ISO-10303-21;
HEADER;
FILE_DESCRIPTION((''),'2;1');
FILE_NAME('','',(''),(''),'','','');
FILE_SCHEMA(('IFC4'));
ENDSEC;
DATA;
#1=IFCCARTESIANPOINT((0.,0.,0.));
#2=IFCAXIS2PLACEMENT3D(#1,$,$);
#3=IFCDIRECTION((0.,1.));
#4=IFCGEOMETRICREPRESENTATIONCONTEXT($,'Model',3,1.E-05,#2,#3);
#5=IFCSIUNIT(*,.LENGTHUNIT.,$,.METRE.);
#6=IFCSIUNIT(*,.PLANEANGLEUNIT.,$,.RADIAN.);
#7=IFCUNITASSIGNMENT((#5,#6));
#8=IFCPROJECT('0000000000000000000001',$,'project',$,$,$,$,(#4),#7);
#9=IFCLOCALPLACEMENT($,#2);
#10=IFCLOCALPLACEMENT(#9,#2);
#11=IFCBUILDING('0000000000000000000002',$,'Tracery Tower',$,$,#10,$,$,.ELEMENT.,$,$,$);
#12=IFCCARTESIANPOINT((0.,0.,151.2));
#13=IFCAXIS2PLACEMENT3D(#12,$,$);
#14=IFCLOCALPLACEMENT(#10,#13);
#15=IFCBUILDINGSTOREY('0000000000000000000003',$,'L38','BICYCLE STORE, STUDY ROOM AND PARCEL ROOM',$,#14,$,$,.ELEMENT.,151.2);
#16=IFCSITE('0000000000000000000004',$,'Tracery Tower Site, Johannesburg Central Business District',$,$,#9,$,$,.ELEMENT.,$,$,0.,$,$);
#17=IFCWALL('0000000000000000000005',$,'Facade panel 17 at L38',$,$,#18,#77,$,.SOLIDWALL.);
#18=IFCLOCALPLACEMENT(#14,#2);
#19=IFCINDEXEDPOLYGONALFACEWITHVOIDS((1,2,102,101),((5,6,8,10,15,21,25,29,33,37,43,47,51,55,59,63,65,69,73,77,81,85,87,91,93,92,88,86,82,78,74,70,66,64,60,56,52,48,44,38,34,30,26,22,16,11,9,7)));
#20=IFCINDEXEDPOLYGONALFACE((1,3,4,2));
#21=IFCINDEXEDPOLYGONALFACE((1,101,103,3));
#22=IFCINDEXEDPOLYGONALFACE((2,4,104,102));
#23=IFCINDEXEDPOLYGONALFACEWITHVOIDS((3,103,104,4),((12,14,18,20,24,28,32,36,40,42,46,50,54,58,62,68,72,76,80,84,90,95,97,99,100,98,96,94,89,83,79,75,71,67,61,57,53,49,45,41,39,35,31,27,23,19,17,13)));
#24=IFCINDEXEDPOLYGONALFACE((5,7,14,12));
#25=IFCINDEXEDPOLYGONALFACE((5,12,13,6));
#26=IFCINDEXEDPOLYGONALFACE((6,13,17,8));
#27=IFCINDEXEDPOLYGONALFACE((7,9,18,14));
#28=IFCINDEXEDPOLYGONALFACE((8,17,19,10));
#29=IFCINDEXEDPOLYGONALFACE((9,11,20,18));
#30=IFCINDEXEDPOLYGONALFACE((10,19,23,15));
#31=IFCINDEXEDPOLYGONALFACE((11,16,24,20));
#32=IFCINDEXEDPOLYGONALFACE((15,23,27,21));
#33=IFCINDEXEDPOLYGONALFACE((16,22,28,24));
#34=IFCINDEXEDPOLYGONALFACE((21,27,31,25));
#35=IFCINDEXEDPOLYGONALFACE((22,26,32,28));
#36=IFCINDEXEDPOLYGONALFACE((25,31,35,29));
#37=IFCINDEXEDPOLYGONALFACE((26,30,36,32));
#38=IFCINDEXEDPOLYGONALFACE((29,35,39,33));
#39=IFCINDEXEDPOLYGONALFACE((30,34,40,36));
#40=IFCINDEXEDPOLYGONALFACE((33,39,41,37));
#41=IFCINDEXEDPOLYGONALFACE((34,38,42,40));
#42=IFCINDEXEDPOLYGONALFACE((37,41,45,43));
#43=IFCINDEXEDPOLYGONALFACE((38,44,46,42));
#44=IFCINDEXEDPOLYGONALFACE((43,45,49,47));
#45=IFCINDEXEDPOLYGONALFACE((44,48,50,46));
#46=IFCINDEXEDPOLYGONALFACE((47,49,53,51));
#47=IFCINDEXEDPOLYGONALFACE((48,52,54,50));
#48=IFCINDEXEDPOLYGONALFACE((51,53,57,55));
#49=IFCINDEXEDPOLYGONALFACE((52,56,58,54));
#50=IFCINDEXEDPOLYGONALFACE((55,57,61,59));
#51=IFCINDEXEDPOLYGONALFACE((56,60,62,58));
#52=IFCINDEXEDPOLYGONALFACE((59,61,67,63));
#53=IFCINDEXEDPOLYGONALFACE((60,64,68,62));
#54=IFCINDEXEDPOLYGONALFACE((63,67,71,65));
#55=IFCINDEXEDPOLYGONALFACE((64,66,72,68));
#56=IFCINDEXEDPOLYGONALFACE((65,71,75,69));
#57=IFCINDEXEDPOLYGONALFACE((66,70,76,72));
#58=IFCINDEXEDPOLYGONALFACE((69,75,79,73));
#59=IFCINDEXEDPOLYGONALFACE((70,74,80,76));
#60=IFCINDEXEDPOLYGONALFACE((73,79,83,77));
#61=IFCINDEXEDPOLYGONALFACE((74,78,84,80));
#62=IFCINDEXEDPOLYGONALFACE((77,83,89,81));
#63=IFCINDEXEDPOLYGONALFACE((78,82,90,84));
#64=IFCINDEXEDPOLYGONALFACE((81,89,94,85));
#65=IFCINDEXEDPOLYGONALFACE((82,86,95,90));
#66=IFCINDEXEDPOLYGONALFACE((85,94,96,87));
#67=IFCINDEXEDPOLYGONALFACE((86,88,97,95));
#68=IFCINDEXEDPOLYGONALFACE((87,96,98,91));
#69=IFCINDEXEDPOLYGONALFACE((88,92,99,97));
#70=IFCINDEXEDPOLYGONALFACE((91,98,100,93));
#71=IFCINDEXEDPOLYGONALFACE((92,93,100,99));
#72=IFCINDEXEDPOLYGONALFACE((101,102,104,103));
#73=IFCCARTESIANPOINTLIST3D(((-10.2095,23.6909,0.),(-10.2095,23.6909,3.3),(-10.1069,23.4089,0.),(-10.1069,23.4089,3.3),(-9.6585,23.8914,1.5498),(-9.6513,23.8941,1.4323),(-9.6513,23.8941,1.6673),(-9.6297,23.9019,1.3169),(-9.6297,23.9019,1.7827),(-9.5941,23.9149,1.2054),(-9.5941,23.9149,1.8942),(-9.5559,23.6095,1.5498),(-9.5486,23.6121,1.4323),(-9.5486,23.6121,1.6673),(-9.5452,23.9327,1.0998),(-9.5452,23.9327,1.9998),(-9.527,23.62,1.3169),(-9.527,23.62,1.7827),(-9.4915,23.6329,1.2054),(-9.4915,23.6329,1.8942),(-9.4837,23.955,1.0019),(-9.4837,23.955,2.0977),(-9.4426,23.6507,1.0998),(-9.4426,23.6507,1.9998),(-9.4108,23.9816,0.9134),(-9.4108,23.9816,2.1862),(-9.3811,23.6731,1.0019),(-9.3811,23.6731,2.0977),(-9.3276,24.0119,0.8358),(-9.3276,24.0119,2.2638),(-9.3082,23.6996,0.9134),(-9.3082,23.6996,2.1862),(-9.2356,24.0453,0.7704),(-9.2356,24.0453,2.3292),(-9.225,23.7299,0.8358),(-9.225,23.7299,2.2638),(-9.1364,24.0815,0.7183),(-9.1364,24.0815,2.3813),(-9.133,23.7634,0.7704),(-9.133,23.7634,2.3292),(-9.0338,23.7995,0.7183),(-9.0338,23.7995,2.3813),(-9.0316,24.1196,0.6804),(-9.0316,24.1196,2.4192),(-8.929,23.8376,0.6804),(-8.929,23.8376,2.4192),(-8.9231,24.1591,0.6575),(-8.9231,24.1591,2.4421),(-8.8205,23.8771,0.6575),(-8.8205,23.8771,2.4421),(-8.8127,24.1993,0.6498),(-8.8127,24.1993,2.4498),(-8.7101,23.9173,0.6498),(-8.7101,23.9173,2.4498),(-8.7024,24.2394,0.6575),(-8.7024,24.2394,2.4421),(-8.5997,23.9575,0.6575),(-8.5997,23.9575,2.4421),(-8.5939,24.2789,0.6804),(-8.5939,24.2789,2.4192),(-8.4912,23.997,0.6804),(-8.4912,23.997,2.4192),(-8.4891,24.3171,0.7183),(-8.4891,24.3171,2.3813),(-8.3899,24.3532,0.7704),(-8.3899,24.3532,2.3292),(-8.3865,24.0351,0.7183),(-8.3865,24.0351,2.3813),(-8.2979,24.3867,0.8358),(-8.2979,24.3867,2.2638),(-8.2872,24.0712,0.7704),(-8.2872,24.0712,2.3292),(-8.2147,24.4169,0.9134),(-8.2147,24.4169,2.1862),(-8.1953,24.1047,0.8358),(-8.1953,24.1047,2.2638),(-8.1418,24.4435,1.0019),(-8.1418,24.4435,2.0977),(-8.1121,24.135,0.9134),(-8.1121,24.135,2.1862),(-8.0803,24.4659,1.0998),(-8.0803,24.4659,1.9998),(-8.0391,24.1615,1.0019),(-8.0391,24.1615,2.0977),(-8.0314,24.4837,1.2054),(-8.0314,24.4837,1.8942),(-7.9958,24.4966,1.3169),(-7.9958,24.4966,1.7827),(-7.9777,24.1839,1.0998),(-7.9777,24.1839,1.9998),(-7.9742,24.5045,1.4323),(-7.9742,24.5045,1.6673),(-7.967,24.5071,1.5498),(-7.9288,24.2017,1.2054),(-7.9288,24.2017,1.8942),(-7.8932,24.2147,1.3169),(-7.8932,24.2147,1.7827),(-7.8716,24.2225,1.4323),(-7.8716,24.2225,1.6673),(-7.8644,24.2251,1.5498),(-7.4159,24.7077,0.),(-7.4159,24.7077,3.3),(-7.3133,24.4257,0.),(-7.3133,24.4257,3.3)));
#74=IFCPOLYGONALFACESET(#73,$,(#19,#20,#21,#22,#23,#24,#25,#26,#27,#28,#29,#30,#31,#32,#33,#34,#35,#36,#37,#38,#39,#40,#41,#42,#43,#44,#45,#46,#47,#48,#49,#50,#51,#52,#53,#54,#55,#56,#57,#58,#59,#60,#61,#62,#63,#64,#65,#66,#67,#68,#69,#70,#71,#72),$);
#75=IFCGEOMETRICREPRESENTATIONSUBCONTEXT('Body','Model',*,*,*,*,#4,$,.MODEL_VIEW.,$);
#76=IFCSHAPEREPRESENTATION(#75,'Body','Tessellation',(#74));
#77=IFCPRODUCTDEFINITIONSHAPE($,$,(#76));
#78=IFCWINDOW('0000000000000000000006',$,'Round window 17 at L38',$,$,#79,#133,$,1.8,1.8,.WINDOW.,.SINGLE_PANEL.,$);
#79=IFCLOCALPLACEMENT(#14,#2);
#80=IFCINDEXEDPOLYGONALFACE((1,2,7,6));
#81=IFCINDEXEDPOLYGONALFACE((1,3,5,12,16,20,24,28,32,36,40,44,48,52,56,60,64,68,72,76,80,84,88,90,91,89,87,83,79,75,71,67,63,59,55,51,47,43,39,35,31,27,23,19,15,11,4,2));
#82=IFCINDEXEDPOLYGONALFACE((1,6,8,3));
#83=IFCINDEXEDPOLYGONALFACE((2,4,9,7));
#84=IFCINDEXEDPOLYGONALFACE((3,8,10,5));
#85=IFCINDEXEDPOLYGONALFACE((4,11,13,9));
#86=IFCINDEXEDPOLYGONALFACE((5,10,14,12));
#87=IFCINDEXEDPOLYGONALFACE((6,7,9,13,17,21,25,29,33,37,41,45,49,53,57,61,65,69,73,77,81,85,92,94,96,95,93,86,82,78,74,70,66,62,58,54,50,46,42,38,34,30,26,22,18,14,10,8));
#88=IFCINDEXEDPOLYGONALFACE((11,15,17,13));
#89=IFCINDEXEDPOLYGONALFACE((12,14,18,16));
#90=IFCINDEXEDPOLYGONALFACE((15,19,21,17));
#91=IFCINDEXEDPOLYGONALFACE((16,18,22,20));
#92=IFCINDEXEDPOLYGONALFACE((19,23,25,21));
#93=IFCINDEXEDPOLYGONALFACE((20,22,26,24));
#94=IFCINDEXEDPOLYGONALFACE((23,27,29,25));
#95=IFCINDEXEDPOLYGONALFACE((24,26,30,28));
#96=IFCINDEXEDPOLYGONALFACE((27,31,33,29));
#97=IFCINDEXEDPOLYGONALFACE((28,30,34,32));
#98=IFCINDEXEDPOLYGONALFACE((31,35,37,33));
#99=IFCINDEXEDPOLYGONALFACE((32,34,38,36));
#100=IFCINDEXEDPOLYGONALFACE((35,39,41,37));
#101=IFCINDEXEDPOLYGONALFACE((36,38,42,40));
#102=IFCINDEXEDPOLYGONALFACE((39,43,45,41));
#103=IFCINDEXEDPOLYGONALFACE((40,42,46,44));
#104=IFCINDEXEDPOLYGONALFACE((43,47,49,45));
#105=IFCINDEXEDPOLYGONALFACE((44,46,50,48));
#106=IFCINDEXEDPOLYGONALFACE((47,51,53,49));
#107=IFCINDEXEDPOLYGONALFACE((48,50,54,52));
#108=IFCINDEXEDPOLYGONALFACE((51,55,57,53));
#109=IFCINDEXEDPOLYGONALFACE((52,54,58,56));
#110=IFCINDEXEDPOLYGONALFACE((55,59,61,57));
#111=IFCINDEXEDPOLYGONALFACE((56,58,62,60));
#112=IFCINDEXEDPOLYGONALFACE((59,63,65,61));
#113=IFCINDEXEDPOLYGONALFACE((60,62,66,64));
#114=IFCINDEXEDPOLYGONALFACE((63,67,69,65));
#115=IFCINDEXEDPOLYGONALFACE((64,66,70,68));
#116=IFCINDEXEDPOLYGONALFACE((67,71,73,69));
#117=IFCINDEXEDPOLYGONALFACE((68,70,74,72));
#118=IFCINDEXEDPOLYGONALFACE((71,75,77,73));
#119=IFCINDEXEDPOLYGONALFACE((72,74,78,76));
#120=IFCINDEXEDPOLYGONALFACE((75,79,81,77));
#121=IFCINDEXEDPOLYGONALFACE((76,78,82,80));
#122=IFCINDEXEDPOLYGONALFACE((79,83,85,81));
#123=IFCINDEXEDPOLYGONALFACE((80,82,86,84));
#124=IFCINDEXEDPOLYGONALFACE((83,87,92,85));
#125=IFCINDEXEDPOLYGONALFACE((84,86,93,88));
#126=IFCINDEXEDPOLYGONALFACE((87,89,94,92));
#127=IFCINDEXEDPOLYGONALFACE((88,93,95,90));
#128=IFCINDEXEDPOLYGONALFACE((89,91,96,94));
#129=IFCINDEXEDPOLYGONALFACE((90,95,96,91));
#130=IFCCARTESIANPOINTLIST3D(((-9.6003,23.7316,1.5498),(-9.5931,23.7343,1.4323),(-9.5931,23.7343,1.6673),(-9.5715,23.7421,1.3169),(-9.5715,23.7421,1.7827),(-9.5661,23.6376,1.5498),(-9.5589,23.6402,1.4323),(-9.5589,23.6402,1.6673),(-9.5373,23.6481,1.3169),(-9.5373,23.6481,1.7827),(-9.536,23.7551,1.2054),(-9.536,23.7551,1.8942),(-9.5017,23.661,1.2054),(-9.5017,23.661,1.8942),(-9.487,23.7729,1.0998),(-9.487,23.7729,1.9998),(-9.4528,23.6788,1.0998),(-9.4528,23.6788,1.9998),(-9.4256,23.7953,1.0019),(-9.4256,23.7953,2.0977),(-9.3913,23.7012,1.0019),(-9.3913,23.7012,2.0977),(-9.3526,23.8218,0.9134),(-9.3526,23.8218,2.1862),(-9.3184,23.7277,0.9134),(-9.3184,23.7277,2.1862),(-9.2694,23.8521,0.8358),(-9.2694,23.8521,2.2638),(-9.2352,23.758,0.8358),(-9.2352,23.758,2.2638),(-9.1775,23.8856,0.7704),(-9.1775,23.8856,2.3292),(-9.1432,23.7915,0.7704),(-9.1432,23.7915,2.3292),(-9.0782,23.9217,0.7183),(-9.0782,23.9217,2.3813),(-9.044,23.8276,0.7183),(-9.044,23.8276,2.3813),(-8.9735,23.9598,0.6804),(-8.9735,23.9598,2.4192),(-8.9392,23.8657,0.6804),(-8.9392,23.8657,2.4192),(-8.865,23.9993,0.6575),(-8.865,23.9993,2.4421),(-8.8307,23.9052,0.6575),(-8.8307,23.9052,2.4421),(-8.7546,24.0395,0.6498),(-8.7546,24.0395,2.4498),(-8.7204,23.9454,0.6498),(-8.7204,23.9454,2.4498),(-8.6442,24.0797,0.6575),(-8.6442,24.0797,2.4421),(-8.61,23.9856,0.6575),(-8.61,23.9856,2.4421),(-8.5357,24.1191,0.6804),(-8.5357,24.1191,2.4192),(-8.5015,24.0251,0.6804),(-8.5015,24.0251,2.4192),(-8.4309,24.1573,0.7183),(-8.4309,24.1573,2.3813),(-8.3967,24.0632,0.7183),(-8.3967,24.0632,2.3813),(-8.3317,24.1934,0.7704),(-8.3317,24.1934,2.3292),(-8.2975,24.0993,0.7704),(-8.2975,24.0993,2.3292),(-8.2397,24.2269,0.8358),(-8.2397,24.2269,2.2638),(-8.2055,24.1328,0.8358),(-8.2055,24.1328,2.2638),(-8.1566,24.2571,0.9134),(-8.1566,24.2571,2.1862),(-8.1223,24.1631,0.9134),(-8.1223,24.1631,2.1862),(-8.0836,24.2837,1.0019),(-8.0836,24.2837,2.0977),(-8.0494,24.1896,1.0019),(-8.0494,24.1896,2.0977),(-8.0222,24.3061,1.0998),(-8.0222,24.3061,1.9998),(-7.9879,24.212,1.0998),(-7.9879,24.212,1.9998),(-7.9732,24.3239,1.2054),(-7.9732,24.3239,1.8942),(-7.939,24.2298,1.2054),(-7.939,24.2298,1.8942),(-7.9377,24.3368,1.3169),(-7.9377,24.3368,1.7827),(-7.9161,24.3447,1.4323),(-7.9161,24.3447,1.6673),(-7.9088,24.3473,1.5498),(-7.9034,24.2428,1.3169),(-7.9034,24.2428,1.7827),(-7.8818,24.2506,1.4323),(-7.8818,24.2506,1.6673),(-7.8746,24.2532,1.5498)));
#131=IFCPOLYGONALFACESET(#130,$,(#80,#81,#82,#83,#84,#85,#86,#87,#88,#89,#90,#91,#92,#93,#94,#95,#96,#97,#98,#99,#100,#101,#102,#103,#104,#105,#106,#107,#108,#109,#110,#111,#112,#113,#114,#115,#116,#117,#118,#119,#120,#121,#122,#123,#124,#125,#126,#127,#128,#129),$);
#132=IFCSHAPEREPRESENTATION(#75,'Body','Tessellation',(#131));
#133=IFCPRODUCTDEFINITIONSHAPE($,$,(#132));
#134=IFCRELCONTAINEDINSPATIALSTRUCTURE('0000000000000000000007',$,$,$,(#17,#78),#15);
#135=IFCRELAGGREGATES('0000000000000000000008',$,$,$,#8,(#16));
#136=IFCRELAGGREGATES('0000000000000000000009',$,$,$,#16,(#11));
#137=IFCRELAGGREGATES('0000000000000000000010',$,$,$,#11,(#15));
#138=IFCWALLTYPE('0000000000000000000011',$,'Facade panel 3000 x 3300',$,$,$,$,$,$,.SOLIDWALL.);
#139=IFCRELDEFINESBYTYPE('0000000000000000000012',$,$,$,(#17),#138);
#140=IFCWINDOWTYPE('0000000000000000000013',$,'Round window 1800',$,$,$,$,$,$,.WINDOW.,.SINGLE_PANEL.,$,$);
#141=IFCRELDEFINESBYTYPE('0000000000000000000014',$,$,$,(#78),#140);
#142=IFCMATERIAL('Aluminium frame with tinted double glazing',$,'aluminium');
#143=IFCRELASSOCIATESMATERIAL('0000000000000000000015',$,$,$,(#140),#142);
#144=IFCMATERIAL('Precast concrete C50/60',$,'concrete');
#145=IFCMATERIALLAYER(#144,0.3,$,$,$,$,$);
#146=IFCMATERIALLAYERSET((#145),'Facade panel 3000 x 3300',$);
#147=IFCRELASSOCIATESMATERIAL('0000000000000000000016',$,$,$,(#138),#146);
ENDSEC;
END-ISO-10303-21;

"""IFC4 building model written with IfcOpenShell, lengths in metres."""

from ifc_helpers import new_model, si_unit, direction, frame, frame_2d, origin, origin_2d, place, context, subcontext, project, spatial, rectangle, circle, extrude, material, layer, layer_set, type_object, element, fill, save


model = new_model("IFC4")

# Units and contexts
model_context = context("Model", 3, precision=1e-05, world=origin(), true_north=direction((0.0, 1.0)))
body_context = subcontext(model_context, "Body", "Model", "MODEL_VIEW")
ifc_project = project(units=[si_unit("LENGTHUNIT", "METRE"), si_unit("PLANEANGLEUNIT", "RADIAN")], contexts=[model_context])

# Site, building, storey
site_placement = place(None, origin())
site = spatial("IfcSite", under=ifc_project, at=site_placement, Name="Tracery Tower Site, Johannesburg Central Business District", CompositionType="ELEMENT", RefElevation=0.0)
building_placement = place(site_placement, origin())
building = spatial("IfcBuilding", under=site, at=building_placement, Name="Tracery Tower", CompositionType="ELEMENT")
storey_placement = place(building_placement, frame((0.0, 0.0, 151.2)))
storey = spatial("IfcBuildingStorey", under=building, at=storey_placement, Name="L38", Description="BICYCLE STORE, STUDY ROOM AND PARCEL ROOM", CompositionType="ELEMENT", Elevation=151.2)

# Wall, opening, window
ifc_material_1 = material(Name="Aluminium frame with tinted double glazing", Category="aluminium")
window_type = type_object("IfcWindowType", Name="Round window 1800", PartitioningType="SINGLE_PANEL", PredefinedType="WINDOW", material=ifc_material_1)
ifc_material_2 = material(Name="Precast concrete C50/60", Category="concrete")
ifc_layer_1 = layer(ifc_material_2, 0.3)
ifc_layer_set_1 = layer_set([ifc_layer_1], Name="Facade panel 3000 x 3300")
wall_type_1 = type_object("IfcWallType", Name="Facade panel 3000 x 3300", PredefinedType="SOLIDWALL", material=ifc_layer_set_1)
wall_1_placement = place(storey_placement, frame((-7.3647, 24.5667, 0.0), z_axis=(0.0, 0.0, 1.0), x_axis=(-0.93969, -0.342027, 0.0)))
wall_1 = element("IfcWall", 1, at=wall_1_placement, inside=storey, type_object=wall_type_1, Name="Facade panel 17 at L38", PredefinedType="SOLIDWALL", context=body_context, shape_type="SweptSolid", body=[
    extrude(rectangle(XDim=2.9729, YDim=0.3, at=frame_2d((1.4863, 0.0))), origin(), (0.0, 0.0, 1.0), 3.3),
])
opening_1_placement = place(wall_1_placement, frame((1.4863, 0.0, 1.5498)))
opening_1 = element("IfcOpeningElement", 2, at=opening_1_placement, cuts=wall_1, PredefinedType="OPENING", context=body_context, shape_type="SweptSolid", body=[
    extrude(circle(Radius=0.9, at=origin_2d()), frame((0.0, 0.1599, 0.0), z_axis=(0.0, -1.0, 0.0), x_axis=(1.0, 0.0, 0.0)), (0.0, 0.0, 1.0), 0.3201),
])
window_1_placement = place(opening_1_placement, origin())
window_1 = element("IfcWindow", 3, at=window_1_placement, inside=storey, type_object=window_type, Name="Round window 17 at L38", OverallHeight=1.8, OverallWidth=1.8, PartitioningType="SINGLE_PANEL", PredefinedType="WINDOW", context=body_context, shape_type="SweptSolid", body=[
    extrude(circle(Radius=0.9, at=origin_2d()), frame((0.0, 0.1201, 0.0), z_axis=(0.0, -1.0, 0.0), x_axis=(1.0, 0.0, 0.0)), (0.0, 0.0, 1.0), 0.1001),
])
fill(opening_1, window_1)

save(model, "model.ifc")
